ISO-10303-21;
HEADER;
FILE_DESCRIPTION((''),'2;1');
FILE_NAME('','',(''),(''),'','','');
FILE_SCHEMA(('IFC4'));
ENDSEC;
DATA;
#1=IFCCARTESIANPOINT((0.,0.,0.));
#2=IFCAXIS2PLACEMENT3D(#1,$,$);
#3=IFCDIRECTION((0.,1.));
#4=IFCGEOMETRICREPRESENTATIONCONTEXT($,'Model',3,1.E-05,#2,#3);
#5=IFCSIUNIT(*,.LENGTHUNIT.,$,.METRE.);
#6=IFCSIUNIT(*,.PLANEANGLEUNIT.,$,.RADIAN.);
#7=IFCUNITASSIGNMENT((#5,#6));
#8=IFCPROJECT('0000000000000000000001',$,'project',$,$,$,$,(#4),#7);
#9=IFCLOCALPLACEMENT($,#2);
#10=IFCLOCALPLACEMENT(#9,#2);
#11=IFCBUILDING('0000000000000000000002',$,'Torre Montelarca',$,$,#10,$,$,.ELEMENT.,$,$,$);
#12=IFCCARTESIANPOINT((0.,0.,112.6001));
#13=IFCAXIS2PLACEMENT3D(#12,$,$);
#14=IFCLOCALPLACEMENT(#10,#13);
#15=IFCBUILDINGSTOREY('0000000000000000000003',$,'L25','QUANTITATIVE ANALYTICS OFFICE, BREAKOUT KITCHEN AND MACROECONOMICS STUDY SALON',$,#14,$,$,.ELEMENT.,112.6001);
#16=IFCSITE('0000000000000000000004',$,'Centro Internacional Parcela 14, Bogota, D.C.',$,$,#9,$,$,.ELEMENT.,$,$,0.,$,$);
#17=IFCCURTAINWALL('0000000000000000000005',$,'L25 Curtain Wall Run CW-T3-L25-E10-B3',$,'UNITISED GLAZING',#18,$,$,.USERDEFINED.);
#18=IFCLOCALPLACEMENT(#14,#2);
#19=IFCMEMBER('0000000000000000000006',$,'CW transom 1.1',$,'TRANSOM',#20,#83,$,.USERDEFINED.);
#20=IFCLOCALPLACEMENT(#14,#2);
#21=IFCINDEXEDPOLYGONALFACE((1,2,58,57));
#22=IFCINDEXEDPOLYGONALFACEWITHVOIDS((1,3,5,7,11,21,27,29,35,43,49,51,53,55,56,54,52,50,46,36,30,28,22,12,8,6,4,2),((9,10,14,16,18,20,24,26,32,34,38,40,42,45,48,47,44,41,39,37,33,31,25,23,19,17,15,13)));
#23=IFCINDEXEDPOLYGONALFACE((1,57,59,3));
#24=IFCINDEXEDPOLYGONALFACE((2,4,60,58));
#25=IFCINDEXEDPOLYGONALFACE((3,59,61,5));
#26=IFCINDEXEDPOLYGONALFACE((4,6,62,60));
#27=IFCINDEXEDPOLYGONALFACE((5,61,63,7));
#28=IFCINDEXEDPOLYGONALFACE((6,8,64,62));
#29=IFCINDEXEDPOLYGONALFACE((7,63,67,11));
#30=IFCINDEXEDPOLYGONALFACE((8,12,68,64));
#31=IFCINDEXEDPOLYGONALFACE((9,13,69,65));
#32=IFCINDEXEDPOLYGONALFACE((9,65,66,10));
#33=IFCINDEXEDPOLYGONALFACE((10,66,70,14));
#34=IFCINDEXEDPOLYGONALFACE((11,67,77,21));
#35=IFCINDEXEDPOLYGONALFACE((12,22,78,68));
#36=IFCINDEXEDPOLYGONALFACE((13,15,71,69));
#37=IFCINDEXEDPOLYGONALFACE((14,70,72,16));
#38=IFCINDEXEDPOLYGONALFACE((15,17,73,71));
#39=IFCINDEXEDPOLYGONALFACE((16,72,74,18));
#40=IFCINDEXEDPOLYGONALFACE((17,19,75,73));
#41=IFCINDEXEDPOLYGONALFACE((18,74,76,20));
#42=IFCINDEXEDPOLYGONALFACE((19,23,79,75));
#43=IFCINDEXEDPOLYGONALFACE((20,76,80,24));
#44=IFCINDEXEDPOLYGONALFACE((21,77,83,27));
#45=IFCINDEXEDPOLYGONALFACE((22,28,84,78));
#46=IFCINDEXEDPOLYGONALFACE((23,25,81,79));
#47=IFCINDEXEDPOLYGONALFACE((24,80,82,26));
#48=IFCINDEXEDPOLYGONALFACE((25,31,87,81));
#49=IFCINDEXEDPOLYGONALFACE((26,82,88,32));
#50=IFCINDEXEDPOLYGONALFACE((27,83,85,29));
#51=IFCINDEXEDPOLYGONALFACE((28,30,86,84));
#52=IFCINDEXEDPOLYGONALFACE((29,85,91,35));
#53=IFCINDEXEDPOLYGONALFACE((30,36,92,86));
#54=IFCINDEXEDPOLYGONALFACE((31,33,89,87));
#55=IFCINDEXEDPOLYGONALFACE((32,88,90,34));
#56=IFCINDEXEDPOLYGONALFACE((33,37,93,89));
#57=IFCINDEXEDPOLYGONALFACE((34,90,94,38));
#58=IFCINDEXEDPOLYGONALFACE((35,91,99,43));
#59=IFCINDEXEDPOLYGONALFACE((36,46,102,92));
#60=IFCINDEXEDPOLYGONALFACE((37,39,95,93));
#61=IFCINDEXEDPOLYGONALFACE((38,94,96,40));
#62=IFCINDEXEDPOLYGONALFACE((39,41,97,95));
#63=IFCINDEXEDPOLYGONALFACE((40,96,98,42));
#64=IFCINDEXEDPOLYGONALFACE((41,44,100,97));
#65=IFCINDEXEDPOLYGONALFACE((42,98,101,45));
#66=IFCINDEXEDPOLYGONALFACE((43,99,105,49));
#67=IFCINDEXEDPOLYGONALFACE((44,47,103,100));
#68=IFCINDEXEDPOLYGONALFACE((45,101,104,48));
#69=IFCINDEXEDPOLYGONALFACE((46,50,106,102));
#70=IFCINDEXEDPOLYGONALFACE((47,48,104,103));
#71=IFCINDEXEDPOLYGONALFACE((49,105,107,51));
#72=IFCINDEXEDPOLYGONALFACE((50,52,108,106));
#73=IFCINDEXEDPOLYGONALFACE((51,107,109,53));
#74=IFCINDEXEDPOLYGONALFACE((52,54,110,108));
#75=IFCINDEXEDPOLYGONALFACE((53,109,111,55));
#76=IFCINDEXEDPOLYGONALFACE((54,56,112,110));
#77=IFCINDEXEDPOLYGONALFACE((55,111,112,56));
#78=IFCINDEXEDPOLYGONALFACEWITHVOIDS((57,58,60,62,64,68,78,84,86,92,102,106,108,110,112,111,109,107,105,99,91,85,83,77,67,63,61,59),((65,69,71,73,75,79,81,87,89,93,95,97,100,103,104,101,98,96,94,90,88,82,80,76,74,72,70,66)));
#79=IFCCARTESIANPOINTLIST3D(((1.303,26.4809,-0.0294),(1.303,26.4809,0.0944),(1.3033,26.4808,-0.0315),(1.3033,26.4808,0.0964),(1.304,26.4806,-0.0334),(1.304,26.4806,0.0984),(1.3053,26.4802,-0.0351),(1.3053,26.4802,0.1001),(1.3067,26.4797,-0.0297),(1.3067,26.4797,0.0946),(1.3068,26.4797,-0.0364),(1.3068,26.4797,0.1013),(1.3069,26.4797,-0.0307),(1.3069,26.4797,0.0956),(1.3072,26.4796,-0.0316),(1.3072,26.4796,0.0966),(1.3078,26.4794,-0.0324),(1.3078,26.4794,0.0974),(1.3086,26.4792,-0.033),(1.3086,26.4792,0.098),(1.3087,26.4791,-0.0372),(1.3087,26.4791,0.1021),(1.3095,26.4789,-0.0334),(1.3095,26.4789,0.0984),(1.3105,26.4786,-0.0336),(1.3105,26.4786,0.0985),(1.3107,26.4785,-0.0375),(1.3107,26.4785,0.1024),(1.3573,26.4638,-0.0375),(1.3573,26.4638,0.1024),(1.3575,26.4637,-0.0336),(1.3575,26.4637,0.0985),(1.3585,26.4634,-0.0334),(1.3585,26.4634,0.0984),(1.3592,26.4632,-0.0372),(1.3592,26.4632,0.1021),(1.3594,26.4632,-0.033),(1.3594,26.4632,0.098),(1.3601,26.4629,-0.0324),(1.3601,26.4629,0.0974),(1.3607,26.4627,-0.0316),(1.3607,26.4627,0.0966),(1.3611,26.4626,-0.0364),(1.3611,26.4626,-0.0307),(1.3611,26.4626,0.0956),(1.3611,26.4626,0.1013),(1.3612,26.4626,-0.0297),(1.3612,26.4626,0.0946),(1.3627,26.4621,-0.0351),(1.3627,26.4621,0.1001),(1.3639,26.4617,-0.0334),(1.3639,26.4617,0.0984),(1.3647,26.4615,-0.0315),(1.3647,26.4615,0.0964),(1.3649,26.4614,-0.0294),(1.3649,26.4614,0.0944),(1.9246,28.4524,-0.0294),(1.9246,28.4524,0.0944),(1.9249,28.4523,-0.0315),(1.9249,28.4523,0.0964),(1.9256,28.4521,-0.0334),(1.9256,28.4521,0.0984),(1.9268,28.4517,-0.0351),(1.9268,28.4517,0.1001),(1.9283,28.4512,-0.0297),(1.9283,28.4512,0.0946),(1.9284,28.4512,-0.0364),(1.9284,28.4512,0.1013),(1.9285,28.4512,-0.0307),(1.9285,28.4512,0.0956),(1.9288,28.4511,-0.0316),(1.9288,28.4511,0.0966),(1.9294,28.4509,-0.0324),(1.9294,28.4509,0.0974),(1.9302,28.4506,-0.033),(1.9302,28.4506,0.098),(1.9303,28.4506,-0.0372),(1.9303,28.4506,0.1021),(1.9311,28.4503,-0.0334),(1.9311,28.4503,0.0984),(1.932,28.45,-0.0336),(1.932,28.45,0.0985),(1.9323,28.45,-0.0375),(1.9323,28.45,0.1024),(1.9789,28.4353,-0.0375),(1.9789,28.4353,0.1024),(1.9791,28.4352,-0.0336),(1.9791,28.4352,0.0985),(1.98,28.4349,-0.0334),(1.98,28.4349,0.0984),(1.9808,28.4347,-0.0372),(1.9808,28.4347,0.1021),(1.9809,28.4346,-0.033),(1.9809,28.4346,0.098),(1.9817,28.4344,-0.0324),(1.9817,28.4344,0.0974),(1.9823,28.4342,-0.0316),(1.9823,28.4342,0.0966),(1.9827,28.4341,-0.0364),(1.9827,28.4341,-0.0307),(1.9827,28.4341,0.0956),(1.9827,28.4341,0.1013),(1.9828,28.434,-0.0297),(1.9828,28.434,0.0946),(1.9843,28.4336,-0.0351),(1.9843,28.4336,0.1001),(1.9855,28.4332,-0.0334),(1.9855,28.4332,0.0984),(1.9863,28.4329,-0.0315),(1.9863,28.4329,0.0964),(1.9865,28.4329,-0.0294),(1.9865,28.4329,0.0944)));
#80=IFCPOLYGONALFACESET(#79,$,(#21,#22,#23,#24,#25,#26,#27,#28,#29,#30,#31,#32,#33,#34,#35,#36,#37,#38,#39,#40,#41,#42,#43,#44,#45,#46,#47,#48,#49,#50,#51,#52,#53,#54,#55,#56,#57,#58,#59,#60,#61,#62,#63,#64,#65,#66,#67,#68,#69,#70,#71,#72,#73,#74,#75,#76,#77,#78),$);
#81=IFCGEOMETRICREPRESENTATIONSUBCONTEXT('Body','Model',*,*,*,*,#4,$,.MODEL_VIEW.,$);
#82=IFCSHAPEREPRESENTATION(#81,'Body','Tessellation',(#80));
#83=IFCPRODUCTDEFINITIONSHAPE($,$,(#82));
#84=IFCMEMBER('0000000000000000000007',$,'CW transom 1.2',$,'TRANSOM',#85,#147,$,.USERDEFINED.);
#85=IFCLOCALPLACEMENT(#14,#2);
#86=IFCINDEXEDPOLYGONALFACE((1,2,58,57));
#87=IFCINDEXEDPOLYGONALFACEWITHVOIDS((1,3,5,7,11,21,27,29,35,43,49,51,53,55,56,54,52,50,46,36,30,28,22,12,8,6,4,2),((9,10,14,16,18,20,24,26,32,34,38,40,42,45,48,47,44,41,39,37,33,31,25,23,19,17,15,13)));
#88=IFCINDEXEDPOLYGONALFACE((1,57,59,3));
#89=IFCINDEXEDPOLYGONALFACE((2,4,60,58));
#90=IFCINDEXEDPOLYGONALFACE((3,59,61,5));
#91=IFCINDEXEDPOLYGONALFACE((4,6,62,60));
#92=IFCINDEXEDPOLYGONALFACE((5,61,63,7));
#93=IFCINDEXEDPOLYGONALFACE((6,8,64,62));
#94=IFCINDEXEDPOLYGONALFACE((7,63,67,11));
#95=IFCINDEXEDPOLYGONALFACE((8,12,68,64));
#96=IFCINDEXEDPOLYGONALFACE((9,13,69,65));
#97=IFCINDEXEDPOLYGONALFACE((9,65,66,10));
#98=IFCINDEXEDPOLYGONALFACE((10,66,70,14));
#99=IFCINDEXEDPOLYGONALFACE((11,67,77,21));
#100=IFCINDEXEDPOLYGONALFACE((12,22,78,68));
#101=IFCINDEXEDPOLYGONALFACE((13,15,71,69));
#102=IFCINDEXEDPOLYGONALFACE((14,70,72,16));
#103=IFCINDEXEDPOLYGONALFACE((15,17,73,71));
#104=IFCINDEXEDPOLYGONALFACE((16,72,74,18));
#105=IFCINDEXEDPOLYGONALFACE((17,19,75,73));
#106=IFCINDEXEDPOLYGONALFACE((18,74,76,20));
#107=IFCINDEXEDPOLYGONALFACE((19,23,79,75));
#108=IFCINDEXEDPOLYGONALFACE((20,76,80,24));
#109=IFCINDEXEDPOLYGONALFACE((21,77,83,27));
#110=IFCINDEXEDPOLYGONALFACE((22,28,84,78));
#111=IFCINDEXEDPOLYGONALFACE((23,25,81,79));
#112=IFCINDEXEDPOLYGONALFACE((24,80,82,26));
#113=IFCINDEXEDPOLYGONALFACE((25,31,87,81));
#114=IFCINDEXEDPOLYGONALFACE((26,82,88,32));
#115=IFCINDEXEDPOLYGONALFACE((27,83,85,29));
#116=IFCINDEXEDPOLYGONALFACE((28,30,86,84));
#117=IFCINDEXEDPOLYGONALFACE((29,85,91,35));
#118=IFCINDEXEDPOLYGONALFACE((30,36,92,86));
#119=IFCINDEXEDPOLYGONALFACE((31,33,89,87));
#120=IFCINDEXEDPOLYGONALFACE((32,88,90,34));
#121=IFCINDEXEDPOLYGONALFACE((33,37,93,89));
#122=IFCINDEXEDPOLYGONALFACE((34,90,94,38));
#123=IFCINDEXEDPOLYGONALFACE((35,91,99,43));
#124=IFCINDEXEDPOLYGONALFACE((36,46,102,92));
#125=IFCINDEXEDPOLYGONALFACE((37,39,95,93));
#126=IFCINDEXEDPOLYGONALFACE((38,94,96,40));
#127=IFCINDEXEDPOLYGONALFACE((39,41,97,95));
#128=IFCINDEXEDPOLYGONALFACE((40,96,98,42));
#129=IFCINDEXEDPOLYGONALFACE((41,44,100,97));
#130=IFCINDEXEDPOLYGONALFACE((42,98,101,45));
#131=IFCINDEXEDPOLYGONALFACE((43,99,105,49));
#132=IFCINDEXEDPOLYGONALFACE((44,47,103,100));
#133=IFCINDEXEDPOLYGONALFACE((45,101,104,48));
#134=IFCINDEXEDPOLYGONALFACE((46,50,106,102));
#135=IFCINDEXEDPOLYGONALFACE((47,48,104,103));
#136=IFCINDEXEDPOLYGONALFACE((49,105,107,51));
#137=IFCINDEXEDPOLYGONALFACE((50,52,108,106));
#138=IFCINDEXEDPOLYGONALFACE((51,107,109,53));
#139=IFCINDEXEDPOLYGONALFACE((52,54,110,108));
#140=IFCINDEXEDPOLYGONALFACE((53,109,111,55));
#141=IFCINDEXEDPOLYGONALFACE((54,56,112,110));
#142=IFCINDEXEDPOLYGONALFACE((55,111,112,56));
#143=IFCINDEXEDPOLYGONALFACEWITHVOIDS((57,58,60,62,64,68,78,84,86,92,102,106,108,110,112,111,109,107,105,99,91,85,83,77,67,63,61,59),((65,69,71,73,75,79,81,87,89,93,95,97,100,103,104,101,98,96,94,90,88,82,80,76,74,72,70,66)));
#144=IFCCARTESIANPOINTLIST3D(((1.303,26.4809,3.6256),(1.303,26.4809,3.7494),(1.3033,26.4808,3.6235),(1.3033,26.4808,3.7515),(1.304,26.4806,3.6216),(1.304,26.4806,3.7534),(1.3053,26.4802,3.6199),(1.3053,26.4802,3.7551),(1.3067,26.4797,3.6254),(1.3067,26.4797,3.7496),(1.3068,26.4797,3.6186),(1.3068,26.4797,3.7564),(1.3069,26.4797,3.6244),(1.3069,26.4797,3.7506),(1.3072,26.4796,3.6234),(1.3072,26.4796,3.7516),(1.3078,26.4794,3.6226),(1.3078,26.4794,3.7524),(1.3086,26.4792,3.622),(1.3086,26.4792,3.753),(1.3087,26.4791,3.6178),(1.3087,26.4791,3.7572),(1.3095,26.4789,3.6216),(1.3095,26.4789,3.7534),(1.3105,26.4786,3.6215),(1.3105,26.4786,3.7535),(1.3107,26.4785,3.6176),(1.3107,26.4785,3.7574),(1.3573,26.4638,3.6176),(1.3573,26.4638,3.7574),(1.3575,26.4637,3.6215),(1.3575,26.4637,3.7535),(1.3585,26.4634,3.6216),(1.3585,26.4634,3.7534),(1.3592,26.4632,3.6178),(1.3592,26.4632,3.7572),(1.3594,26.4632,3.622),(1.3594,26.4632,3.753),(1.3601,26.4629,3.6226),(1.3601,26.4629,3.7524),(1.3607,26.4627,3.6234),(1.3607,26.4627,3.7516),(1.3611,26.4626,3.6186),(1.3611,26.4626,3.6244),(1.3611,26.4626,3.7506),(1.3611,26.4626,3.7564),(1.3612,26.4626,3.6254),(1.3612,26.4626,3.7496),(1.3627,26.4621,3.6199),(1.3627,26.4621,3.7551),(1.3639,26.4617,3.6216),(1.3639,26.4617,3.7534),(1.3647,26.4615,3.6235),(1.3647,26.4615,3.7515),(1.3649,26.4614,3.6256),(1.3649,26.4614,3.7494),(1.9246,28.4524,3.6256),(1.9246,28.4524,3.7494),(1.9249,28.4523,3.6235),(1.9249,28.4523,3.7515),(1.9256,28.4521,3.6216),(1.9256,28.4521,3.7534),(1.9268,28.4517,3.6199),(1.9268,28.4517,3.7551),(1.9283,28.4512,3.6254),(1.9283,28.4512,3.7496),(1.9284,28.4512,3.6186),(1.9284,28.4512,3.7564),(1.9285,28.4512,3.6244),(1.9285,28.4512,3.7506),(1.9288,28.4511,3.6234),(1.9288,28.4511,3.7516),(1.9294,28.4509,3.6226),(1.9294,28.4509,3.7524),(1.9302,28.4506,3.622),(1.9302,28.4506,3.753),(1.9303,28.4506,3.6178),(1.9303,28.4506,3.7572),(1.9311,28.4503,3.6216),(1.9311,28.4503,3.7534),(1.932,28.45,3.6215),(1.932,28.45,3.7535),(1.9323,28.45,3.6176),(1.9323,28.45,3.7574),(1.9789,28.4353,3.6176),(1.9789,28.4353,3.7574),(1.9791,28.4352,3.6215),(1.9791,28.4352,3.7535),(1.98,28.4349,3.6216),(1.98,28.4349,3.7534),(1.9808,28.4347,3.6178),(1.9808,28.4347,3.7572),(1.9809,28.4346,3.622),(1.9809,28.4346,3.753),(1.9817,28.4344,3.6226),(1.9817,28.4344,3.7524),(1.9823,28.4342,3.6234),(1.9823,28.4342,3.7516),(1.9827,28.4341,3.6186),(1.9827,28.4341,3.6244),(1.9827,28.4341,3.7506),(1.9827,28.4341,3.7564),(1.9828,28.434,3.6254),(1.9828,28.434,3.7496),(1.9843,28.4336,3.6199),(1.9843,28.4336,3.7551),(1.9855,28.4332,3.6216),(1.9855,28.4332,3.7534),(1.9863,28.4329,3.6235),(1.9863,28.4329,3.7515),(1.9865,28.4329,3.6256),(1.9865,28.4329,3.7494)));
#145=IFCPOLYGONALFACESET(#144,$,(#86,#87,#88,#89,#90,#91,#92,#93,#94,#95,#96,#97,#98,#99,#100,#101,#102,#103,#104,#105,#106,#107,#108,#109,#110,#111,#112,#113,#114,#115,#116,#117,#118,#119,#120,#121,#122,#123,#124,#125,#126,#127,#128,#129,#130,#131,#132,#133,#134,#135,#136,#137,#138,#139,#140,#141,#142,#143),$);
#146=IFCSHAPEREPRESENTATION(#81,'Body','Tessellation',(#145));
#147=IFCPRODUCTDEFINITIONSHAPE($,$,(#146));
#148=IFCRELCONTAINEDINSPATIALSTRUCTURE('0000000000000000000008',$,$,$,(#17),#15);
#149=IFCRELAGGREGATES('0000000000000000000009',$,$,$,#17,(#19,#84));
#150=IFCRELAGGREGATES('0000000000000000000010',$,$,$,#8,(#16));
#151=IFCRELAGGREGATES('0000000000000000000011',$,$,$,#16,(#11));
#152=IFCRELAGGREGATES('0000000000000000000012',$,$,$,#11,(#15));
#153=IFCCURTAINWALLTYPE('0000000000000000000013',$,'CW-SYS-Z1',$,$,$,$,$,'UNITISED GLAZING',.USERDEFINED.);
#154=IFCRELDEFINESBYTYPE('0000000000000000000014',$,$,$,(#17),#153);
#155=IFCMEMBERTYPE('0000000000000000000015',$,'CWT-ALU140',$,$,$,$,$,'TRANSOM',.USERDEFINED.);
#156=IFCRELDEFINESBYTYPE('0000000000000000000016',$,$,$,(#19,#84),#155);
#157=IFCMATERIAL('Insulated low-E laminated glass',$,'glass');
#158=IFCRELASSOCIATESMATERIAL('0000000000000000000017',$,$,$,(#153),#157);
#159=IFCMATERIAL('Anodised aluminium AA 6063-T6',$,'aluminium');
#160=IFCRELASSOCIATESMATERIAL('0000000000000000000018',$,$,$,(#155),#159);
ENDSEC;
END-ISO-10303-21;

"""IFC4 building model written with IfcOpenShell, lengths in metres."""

from ifc_helpers import new_model, si_unit, direction, frame, origin, origin_2d, place, context, subcontext, project, spatial, hollow_rectangle, extrude, source, transform, mapped, material, material_profile, profile_set, type_object, element, aggregate, save


model = new_model("IFC4")

# Units and contexts
model_context = context("Model", 3, precision=1e-05, world=origin(), true_north=direction((0.0, 1.0)))
body_context = subcontext(model_context, "Body", "Model", "MODEL_VIEW")
ifc_project = project(units=[si_unit("LENGTHUNIT", "METRE"), si_unit("PLANEANGLEUNIT", "RADIAN")], contexts=[model_context])

# Site, building, storey
site_placement = place(None, origin())
site = spatial("IfcSite", under=ifc_project, at=site_placement, Name="Centro Internacional Parcela 14, Bogota, D.C.", CompositionType="ELEMENT", RefElevation=0.0)
building_placement = place(site_placement, origin())
building = spatial("IfcBuilding", under=site, at=building_placement, Name="Torre Montelarca", CompositionType="ELEMENT")
storey_placement = place(building_placement, frame((0.0, 0.0, 112.6001)))
storey = spatial("IfcBuildingStorey", under=building, at=storey_placement, Name="L25", Description="QUANTITATIVE ANALYTICS OFFICE, BREAKOUT KITCHEN AND MACROECONOMICS STUDY SALON", CompositionType="ELEMENT", Elevation=112.6001)

# Curtain wall, members
ifc_material_1 = material(Name="Insulated low-E laminated glass", Category="glass")
curtain_wall_type = type_object("IfcCurtainWallType", Name="CW-SYS-Z1", ElementType="UNITISED GLAZING", PredefinedType="USERDEFINED", material=ifc_material_1)
ifc_material_2 = material(Name="Anodised aluminium AA 6063-T6", Category="aluminium")
ifc_material_profile_1 = material_profile(ifc_material_2, hollow_rectangle(XDim=0.0649, YDim=0.1399, WallThickness=0.0039, InnerFilletRadius=0.0039, OuterFilletRadius=0.0081, at=origin_2d()), Name="ALU65X140X4", Category="aluminium")
ifc_profile_set_1 = profile_set([ifc_material_profile_1], Name="Anodised aluminium AA 6063-T6")
member_type_1 = type_object("IfcMemberType", Name="CWT-ALU140", ElementType="TRANSOM", PredefinedType="USERDEFINED", material=ifc_profile_set_1)
curtain_wall_1_placement = place(storey_placement, origin())
curtain_wall_1 = element("IfcCurtainWall", 1, at=curtain_wall_1_placement, inside=storey, type_object=curtain_wall_type, Name="L25 Curtain Wall Run CW-T3-L25-E10-B3", ObjectType="UNITISED GLAZING", PredefinedType="USERDEFINED")
shared_shape_1 = source(origin(), body_context, "Body", "SweptSolid", [
    extrude(hollow_rectangle(XDim=0.0649, YDim=0.1399, WallThickness=0.0039, InnerFilletRadius=0.0039, OuterFilletRadius=0.0081, at=origin_2d()), origin(), (0.0, 0.0, 1.0), 2.0671),
])
member_1_placement = place(storey_placement, frame((1.9556, 28.4426, 0.0325), z_axis=(-0.300702, -0.953718, 0.0), x_axis=(0.953718, -0.300702, 0.0)))
member_1 = element("IfcMember", 2, at=member_1_placement, type_object=member_type_1, Name="CW transom 1.1", ObjectType="TRANSOM", PredefinedType="USERDEFINED", context=body_context, shape_type="MappedRepresentation", body=[
    mapped(shared_shape_1, transform((0.0, 0.0, 0.0), scale=1.0)),
])
member_2_placement = place(storey_placement, frame((1.9556, 28.4426, 3.6875), z_axis=(-0.300702, -0.953718, 0.0), x_axis=(0.953718, -0.300702, 0.0)))
member_2 = element("IfcMember", 3, at=member_2_placement, type_object=member_type_1, Name="CW transom 1.2", ObjectType="TRANSOM", PredefinedType="USERDEFINED", context=body_context, shape_type="MappedRepresentation", body=[
    mapped(shared_shape_1, transform((0.0, 0.0, 0.0), scale=1.0)),
])

aggregate(curtain_wall_1, [member_1, member_2])

save(model, "model.ifc")
